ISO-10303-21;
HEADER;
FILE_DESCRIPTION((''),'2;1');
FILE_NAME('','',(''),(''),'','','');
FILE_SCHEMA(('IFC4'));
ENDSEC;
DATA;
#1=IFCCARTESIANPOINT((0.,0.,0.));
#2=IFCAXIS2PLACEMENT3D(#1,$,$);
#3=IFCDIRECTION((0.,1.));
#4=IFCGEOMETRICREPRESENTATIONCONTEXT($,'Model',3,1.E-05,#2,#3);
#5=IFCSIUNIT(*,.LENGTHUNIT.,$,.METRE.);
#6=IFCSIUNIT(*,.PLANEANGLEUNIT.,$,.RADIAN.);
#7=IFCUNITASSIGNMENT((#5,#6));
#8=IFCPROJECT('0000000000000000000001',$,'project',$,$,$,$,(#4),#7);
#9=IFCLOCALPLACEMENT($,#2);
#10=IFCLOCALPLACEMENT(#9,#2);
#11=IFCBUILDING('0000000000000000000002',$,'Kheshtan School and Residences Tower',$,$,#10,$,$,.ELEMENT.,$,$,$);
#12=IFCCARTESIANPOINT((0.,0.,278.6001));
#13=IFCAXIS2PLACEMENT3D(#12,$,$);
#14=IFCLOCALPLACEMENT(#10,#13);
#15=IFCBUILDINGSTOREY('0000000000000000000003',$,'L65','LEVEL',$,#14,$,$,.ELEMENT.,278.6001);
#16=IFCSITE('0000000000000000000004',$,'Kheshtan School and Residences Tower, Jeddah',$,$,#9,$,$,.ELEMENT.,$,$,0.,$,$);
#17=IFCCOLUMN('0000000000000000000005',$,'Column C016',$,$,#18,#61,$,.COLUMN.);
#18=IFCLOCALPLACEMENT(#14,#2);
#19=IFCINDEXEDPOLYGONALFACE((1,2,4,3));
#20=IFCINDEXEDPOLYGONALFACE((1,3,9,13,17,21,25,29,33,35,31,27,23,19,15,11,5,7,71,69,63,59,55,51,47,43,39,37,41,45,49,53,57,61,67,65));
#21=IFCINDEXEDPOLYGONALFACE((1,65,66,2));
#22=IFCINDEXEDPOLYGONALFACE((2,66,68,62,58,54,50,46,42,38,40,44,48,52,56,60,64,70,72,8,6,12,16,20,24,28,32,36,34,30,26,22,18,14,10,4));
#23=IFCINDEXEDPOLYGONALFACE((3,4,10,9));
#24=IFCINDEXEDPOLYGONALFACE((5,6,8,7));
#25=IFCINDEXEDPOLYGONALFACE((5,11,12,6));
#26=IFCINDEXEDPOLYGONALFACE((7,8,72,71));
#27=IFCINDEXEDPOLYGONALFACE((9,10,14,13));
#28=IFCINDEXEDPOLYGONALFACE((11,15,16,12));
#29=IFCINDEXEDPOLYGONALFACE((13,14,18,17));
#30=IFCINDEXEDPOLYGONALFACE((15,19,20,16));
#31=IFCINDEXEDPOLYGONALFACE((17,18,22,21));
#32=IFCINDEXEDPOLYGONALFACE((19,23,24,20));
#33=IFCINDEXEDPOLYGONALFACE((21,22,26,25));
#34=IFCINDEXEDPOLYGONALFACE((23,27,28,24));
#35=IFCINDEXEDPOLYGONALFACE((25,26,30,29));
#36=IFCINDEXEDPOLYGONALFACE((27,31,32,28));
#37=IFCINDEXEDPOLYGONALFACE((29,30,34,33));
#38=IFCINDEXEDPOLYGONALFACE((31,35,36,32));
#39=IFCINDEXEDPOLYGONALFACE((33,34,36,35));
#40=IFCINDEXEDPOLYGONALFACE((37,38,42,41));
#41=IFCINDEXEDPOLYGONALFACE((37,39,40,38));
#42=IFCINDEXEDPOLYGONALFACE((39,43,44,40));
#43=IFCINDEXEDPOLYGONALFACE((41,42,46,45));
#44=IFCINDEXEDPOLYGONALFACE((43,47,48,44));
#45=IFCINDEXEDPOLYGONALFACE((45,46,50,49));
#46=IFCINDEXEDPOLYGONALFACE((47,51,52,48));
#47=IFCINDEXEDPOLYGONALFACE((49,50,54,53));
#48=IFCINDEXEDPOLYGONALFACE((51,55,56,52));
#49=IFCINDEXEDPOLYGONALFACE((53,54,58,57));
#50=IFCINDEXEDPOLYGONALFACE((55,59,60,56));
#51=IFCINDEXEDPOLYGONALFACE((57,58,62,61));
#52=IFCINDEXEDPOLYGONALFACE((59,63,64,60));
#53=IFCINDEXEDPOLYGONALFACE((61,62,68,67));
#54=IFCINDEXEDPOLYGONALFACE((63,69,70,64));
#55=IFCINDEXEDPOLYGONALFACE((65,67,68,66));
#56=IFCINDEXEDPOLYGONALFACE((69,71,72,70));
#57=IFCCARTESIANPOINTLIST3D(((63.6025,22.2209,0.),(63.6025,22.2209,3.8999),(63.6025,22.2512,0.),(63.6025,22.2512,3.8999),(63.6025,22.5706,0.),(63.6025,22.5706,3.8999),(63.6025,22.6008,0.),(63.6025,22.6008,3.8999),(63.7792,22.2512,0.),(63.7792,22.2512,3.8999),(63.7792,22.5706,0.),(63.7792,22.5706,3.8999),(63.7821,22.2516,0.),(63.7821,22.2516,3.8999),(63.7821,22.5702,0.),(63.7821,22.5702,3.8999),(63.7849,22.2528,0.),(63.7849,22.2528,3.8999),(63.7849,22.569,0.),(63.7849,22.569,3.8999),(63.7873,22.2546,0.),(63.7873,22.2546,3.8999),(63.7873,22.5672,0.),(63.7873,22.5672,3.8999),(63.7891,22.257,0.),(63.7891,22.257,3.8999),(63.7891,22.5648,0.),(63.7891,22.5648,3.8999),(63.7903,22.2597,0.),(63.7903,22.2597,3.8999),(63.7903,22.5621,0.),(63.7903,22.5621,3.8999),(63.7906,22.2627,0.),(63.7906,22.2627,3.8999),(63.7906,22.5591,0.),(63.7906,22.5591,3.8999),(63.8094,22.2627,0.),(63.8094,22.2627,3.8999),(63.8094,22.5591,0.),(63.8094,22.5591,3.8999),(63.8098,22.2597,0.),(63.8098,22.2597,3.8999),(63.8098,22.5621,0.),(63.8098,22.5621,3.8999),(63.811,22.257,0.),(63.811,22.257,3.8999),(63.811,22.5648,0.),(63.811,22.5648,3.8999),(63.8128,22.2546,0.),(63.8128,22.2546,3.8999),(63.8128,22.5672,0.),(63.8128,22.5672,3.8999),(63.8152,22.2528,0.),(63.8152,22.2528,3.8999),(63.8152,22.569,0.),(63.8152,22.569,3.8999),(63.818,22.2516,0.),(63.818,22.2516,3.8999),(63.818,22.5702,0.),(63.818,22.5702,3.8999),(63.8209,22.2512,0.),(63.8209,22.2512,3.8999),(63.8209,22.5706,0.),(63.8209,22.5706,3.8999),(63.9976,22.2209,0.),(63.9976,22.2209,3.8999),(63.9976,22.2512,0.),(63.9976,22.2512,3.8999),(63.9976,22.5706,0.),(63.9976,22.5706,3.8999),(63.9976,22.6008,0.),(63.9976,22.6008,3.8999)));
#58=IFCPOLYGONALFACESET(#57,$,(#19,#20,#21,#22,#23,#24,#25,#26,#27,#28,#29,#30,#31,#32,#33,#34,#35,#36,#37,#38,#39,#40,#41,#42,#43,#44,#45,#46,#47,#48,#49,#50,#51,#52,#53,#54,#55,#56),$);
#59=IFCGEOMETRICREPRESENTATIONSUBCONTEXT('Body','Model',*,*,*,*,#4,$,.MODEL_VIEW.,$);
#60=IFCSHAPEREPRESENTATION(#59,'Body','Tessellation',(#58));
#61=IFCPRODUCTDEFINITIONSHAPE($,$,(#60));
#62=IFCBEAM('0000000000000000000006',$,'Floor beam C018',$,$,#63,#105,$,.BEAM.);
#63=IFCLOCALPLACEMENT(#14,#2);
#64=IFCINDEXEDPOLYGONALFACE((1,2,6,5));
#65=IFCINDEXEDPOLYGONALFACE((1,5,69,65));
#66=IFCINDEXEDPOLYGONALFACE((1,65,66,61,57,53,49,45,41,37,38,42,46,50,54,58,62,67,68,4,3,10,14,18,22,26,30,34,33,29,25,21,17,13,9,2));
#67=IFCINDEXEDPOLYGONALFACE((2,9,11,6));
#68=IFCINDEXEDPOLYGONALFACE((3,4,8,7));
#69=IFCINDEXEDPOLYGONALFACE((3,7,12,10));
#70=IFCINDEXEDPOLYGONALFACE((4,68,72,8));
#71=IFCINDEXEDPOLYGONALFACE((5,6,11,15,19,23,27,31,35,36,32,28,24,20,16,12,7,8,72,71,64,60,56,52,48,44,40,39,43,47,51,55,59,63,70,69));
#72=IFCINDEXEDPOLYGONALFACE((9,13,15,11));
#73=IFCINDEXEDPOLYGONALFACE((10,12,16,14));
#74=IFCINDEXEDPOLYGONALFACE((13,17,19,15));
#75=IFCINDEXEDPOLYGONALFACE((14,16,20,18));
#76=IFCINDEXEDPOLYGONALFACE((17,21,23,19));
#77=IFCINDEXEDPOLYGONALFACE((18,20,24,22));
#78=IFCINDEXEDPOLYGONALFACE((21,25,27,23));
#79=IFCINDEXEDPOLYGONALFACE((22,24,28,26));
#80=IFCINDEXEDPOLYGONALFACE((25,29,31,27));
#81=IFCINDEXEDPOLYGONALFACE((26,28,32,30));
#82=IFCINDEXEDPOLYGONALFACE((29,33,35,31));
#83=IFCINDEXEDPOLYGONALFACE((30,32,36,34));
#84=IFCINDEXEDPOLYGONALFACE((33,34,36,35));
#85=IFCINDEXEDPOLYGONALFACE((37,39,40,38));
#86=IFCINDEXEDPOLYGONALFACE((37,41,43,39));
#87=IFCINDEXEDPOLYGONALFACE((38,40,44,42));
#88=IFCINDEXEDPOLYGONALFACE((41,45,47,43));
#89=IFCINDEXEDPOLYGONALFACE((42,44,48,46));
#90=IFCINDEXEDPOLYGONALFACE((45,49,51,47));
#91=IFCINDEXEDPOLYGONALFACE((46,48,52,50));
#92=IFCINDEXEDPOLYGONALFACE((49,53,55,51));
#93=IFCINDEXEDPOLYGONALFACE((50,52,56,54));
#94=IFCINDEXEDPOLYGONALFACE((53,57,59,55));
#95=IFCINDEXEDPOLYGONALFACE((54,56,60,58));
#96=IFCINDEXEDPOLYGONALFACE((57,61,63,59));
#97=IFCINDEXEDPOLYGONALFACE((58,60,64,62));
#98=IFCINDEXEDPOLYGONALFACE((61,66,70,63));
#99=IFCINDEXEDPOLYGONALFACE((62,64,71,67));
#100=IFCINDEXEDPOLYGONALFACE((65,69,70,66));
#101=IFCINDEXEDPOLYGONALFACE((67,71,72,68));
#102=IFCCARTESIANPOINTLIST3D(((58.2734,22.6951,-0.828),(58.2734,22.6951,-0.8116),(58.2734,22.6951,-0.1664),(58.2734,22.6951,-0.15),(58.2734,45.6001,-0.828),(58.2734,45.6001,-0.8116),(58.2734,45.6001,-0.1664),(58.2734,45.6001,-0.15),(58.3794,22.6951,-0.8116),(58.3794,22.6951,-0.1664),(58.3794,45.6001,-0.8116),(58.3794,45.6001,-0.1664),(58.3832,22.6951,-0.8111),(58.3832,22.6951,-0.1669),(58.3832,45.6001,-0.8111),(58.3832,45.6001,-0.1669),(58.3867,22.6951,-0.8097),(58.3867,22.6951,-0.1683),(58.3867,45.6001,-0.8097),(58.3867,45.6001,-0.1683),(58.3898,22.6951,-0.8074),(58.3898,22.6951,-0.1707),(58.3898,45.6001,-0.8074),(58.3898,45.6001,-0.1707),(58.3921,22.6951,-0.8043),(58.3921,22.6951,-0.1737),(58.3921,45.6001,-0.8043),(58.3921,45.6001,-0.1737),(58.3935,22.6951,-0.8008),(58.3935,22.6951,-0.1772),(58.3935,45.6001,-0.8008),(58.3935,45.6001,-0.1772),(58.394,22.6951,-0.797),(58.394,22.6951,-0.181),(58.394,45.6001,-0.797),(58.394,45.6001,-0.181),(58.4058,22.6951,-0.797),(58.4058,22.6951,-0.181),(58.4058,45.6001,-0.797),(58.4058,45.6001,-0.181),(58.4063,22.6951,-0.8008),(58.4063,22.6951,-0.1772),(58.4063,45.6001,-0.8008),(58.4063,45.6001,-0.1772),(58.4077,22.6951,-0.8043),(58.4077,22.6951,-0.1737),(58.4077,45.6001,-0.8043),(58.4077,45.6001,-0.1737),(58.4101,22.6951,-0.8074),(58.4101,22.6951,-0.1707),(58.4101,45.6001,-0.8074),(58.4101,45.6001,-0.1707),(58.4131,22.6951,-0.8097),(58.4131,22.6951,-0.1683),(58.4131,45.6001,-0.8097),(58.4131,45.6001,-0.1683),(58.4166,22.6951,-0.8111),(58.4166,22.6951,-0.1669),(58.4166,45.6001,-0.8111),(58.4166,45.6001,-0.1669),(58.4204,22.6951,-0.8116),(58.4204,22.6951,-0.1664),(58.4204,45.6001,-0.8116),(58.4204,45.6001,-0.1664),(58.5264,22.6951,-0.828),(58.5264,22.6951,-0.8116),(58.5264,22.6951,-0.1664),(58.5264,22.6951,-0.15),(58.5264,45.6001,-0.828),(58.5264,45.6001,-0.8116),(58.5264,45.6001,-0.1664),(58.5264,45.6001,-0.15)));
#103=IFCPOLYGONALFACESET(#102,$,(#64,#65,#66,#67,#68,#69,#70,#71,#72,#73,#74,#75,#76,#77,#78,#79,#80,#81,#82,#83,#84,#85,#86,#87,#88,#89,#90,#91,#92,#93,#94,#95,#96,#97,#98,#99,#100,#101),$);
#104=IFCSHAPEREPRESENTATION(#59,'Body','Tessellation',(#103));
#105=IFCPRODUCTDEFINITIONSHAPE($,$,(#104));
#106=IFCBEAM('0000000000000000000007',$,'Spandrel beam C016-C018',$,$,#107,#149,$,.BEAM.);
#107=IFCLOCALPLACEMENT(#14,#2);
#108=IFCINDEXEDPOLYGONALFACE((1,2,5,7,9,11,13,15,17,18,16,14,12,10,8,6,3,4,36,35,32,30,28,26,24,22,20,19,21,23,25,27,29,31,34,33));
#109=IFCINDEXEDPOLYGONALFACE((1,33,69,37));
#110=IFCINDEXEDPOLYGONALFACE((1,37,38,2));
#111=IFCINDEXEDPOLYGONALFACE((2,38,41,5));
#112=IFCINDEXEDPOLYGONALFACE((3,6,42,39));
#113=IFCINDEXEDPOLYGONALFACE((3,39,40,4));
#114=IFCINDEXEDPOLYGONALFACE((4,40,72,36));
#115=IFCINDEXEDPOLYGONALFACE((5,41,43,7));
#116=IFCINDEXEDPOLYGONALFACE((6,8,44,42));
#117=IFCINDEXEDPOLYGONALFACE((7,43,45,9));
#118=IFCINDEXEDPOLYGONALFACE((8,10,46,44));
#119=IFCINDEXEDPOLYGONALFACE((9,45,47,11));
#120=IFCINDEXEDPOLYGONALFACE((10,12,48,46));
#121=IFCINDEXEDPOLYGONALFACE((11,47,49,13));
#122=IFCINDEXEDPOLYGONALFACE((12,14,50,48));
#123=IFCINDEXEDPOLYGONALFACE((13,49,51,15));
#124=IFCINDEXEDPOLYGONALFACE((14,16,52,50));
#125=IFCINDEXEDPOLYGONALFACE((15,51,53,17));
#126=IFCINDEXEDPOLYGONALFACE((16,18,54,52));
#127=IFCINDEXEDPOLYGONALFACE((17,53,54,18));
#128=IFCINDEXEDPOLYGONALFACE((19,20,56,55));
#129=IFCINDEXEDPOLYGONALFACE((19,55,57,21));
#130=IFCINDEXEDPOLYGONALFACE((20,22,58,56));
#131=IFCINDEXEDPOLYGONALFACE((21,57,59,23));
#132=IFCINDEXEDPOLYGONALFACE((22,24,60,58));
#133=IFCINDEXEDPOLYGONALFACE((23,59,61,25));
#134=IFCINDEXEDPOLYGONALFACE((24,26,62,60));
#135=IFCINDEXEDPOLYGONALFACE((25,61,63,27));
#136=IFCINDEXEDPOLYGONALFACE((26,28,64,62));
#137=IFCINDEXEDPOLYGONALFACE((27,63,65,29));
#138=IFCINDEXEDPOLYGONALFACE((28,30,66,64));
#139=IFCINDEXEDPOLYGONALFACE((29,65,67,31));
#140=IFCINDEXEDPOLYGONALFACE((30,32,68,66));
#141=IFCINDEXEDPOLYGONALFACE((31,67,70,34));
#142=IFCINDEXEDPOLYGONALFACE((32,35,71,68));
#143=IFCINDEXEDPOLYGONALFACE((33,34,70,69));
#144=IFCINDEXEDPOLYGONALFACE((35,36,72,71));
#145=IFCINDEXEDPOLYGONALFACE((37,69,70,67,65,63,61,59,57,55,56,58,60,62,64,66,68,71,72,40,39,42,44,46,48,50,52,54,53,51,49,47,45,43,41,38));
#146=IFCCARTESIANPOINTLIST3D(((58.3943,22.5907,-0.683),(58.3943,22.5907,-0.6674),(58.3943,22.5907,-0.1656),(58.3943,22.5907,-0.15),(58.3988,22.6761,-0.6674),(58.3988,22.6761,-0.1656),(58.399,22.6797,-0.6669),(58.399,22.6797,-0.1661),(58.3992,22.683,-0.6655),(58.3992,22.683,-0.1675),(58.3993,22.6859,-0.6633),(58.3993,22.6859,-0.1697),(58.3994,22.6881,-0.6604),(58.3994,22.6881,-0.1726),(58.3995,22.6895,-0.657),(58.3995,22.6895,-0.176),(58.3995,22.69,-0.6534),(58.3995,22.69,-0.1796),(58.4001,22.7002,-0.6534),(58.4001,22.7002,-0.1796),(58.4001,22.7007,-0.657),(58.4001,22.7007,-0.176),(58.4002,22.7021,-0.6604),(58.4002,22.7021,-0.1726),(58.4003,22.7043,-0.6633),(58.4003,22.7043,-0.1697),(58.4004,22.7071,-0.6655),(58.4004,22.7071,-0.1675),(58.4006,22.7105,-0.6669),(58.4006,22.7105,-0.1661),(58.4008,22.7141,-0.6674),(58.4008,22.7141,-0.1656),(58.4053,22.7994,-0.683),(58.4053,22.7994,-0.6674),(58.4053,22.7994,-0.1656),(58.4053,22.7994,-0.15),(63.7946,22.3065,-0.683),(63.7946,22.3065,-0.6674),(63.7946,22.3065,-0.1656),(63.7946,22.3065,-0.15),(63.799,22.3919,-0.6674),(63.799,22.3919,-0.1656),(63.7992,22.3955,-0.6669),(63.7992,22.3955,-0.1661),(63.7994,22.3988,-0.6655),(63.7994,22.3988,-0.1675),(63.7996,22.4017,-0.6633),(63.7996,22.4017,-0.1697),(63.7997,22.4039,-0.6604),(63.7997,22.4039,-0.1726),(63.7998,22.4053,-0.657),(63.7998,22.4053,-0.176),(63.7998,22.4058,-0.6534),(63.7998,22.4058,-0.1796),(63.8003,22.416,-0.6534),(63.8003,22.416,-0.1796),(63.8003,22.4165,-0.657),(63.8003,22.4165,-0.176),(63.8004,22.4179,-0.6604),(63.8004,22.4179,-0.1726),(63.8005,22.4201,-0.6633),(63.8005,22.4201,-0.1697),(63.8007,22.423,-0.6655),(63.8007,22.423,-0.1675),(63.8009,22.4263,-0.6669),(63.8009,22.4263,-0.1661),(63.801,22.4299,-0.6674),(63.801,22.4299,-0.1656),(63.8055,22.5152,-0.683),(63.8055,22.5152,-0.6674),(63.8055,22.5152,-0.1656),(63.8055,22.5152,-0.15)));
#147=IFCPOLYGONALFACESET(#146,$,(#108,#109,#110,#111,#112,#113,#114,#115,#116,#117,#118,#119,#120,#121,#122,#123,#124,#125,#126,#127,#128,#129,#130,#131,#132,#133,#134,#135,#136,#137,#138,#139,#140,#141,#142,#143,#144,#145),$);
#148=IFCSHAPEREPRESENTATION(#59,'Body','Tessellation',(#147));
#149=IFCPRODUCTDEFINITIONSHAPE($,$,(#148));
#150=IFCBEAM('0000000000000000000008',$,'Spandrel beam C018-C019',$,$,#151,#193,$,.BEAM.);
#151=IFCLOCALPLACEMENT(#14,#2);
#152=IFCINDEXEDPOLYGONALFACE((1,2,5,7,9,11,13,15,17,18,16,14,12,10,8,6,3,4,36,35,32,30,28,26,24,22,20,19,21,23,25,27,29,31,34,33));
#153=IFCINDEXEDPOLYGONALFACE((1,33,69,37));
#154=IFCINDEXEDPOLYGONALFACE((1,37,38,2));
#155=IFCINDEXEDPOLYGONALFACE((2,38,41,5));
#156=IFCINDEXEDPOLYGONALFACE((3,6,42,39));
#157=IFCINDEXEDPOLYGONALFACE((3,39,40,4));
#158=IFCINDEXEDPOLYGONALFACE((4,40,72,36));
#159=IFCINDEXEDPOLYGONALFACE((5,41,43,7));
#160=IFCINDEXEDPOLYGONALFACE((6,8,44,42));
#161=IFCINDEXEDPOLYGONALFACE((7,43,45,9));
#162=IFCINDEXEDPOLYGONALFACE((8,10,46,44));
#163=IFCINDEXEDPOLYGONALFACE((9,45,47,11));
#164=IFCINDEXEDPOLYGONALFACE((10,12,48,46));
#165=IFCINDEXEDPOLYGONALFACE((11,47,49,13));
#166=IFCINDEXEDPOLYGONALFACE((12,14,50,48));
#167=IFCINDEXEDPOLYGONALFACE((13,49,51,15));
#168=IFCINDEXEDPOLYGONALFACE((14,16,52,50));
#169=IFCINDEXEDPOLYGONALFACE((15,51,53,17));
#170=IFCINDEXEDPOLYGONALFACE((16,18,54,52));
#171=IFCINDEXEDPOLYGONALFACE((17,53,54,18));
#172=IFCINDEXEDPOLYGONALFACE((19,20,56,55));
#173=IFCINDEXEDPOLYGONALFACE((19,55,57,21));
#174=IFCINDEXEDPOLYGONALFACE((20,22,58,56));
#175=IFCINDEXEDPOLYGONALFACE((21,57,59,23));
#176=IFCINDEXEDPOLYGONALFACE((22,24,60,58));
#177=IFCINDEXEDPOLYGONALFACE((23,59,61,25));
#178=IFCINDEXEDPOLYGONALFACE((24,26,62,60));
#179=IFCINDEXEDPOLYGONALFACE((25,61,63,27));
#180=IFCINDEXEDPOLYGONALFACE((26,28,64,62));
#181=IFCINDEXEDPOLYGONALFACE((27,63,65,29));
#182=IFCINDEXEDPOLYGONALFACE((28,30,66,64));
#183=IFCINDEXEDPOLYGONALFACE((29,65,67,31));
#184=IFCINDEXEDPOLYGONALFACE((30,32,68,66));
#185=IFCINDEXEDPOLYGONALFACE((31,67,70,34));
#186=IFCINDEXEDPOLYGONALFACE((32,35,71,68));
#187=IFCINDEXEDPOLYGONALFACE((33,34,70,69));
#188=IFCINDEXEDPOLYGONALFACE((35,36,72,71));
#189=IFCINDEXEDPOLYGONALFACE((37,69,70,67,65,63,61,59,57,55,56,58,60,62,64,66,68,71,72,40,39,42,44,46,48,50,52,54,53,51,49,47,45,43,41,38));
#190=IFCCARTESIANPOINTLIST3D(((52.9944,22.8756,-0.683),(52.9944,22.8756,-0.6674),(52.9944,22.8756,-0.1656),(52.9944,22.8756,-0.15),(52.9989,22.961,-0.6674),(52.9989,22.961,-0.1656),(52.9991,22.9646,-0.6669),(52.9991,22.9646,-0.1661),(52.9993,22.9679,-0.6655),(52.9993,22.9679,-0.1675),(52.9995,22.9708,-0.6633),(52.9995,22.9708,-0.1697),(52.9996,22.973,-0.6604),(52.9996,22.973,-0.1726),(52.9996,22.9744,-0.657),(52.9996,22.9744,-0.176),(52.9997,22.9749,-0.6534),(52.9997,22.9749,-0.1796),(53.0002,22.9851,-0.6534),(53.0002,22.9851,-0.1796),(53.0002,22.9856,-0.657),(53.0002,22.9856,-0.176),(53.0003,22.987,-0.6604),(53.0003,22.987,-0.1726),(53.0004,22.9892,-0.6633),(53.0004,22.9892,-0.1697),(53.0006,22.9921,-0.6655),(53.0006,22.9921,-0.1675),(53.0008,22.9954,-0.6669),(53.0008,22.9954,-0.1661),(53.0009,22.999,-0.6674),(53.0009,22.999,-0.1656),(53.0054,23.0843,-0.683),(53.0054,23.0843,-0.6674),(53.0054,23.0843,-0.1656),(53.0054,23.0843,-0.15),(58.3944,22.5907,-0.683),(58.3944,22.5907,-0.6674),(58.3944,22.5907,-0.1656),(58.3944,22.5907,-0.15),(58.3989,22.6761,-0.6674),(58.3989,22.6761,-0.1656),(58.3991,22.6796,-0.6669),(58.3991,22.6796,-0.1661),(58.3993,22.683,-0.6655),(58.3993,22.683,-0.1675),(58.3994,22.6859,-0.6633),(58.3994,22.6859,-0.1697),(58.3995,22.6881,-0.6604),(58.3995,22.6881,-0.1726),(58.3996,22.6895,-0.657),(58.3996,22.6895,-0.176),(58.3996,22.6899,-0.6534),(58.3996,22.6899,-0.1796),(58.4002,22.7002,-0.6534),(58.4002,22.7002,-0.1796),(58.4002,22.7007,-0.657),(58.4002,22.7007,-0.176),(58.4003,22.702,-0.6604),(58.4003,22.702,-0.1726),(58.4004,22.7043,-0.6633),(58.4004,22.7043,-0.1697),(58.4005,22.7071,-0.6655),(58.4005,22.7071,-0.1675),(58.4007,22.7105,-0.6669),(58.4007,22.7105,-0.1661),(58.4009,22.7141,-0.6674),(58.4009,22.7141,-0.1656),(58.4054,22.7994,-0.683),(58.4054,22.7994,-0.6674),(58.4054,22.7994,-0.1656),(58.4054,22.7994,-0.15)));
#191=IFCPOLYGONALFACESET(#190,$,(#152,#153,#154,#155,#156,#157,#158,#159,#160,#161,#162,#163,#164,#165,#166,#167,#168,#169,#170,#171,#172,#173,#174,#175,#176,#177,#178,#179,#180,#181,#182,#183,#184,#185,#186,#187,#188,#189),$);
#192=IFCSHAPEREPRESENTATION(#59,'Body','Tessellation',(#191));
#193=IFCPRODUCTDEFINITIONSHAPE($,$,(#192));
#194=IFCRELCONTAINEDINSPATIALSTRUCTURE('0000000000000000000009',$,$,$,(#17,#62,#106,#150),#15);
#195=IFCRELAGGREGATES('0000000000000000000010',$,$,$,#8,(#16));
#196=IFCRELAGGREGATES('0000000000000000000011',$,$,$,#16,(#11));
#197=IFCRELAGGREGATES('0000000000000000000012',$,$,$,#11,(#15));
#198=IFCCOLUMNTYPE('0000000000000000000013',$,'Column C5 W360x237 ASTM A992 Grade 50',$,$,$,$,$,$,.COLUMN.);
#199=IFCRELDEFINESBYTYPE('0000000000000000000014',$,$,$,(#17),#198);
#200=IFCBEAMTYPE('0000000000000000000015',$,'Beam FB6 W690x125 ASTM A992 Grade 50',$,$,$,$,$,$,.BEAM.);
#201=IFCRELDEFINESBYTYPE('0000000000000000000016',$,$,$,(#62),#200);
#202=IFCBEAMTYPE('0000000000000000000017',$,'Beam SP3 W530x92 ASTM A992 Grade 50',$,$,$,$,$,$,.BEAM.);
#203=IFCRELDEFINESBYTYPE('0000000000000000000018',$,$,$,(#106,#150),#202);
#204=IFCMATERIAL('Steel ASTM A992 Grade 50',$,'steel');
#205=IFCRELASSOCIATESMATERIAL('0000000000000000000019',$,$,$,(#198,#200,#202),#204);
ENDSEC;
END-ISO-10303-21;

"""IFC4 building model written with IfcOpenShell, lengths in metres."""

from ifc_helpers import new_model, si_unit, direction, frame, origin, origin_2d, place, context, subcontext, project, spatial, i_section, extrude, material, material_profile, profile_set, type_object, element, save


model = new_model("IFC4")

# Units and contexts
model_context = context("Model", 3, precision=1e-05, world=origin(), true_north=direction((0.0, 1.0)))
body_context = subcontext(model_context, "Body", "Model", "MODEL_VIEW")
ifc_project = project(units=[si_unit("LENGTHUNIT", "METRE"), si_unit("PLANEANGLEUNIT", "RADIAN")], contexts=[model_context])

# Site, building, storey
site_placement = place(None, origin())
site = spatial("IfcSite", under=ifc_project, at=site_placement, Name="Kheshtan School and Residences Tower, Jeddah", CompositionType="ELEMENT", RefElevation=0.0)
building_placement = place(site_placement, origin())
building = spatial("IfcBuilding", under=site, at=building_placement, Name="Kheshtan School and Residences Tower", CompositionType="ELEMENT")
storey_placement = place(building_placement, frame((0.0, 0.0, 278.6001)))
storey = spatial("IfcBuildingStorey", under=building, at=storey_placement, Name="L65", Description="LEVEL", CompositionType="ELEMENT", Elevation=278.6001)

# Column
ifc_material_1 = material(Name="Steel ASTM A992 Grade 50", Category="steel")
ifc_material_profile_1 = material_profile(ifc_material_1, i_section(OverallWidth=0.395, OverallDepth=0.3799, WebThickness=0.0188, FlangeThickness=0.0303, FilletRadius=0.0115, at=origin_2d()), Name="W360x237")
ifc_profile_set_1 = profile_set([ifc_material_profile_1], Name="Steel ASTM A992 Grade 50")
column_type = type_object("IfcColumnType", Name="Column C5 W360x237 ASTM A992 Grade 50", PredefinedType="COLUMN", material=ifc_profile_set_1)
column_placement = place(storey_placement, frame((63.8, 22.4109, 0.0), z_axis=(0.0, 0.0, 1.0), x_axis=(1.0, 0.0, 0.0)))
element("IfcColumn", 1, at=column_placement, inside=storey, type_object=column_type, Name="Column C016", PredefinedType="COLUMN", context=body_context, shape_type="SweptSolid", body=[
    extrude(i_section(OverallWidth=0.395, OverallDepth=0.3799, WebThickness=0.0188, FlangeThickness=0.0303, FilletRadius=0.0115, at=origin_2d()), origin(), (0.0, 0.0, 1.0), 3.8999),
])

# Beams
ifc_material_profile_2 = material_profile(ifc_material_1, i_section(OverallWidth=0.2529, OverallDepth=0.678, WebThickness=0.0117, FlangeThickness=0.0164, FilletRadius=0.0146, at=origin_2d()), Name="W690x125")
ifc_profile_set_2 = profile_set([ifc_material_profile_2], Name="Steel ASTM A992 Grade 50")
beam_type_1 = type_object("IfcBeamType", Name="Beam FB6 W690x125 ASTM A992 Grade 50", PredefinedType="BEAM", material=ifc_profile_set_2)
beam_1_placement = place(storey_placement, frame((58.3999, 22.6951, -0.489), z_axis=(0.0, 1.0, 0.0), x_axis=(-1.0, 0.0, 0.0)))
element("IfcBeam", 2, at=beam_1_placement, inside=storey, type_object=beam_type_1, Name="Floor beam C018", PredefinedType="BEAM", context=body_context, shape_type="SweptSolid", body=[
    extrude(i_section(OverallWidth=0.2529, OverallDepth=0.678, WebThickness=0.0117, FlangeThickness=0.0164, FilletRadius=0.0146, at=origin_2d()), origin(), (0.0, 0.0, 1.0), 22.905),
])
ifc_material_profile_3 = material_profile(ifc_material_1, i_section(OverallWidth=0.209, OverallDepth=0.533, WebThickness=0.0103, FlangeThickness=0.0156, FilletRadius=0.0139, at=origin_2d()), Name="W530x92")
ifc_profile_set_3 = profile_set([ifc_material_profile_3], Name="Steel ASTM A992 Grade 50")
beam_type_2 = type_object("IfcBeamType", Name="Beam SP3 W530x92 ASTM A992 Grade 50", PredefinedType="BEAM", material=ifc_profile_set_3)
beam_2_placement = place(storey_placement, frame((63.8, 22.4109, -0.4165), z_axis=(-0.998618, 0.052552, 0.0), x_axis=(-0.052552, -0.998618, 0.0)))
element("IfcBeam", 3, at=beam_2_placement, inside=storey, type_object=beam_type_2, Name="Spandrel beam C016-C018", PredefinedType="BEAM", context=body_context, shape_type="SweptSolid", body=[
    extrude(i_section(OverallWidth=0.209, OverallDepth=0.533, WebThickness=0.0103, FlangeThickness=0.0156, FilletRadius=0.0139, at=origin_2d()), origin(), (0.0, 0.0, 1.0), 5.4077),
])
beam_3_placement = place(storey_placement, frame((58.3999, 22.6951, -0.4165), z_axis=(-0.998611, 0.052689, 0.0), x_axis=(-0.052689, -0.998611, 0.0)))
element("IfcBeam", 4, at=beam_3_placement, inside=storey, type_object=beam_type_2, Name="Spandrel beam C018-C019", PredefinedType="BEAM", context=body_context, shape_type="SweptSolid", body=[
    extrude(i_section(OverallWidth=0.209, OverallDepth=0.533, WebThickness=0.0103, FlangeThickness=0.0156, FilletRadius=0.0139, at=origin_2d()), origin(), (0.0, 0.0, 1.0), 5.4075),
])

save(model, "model.ifc")
